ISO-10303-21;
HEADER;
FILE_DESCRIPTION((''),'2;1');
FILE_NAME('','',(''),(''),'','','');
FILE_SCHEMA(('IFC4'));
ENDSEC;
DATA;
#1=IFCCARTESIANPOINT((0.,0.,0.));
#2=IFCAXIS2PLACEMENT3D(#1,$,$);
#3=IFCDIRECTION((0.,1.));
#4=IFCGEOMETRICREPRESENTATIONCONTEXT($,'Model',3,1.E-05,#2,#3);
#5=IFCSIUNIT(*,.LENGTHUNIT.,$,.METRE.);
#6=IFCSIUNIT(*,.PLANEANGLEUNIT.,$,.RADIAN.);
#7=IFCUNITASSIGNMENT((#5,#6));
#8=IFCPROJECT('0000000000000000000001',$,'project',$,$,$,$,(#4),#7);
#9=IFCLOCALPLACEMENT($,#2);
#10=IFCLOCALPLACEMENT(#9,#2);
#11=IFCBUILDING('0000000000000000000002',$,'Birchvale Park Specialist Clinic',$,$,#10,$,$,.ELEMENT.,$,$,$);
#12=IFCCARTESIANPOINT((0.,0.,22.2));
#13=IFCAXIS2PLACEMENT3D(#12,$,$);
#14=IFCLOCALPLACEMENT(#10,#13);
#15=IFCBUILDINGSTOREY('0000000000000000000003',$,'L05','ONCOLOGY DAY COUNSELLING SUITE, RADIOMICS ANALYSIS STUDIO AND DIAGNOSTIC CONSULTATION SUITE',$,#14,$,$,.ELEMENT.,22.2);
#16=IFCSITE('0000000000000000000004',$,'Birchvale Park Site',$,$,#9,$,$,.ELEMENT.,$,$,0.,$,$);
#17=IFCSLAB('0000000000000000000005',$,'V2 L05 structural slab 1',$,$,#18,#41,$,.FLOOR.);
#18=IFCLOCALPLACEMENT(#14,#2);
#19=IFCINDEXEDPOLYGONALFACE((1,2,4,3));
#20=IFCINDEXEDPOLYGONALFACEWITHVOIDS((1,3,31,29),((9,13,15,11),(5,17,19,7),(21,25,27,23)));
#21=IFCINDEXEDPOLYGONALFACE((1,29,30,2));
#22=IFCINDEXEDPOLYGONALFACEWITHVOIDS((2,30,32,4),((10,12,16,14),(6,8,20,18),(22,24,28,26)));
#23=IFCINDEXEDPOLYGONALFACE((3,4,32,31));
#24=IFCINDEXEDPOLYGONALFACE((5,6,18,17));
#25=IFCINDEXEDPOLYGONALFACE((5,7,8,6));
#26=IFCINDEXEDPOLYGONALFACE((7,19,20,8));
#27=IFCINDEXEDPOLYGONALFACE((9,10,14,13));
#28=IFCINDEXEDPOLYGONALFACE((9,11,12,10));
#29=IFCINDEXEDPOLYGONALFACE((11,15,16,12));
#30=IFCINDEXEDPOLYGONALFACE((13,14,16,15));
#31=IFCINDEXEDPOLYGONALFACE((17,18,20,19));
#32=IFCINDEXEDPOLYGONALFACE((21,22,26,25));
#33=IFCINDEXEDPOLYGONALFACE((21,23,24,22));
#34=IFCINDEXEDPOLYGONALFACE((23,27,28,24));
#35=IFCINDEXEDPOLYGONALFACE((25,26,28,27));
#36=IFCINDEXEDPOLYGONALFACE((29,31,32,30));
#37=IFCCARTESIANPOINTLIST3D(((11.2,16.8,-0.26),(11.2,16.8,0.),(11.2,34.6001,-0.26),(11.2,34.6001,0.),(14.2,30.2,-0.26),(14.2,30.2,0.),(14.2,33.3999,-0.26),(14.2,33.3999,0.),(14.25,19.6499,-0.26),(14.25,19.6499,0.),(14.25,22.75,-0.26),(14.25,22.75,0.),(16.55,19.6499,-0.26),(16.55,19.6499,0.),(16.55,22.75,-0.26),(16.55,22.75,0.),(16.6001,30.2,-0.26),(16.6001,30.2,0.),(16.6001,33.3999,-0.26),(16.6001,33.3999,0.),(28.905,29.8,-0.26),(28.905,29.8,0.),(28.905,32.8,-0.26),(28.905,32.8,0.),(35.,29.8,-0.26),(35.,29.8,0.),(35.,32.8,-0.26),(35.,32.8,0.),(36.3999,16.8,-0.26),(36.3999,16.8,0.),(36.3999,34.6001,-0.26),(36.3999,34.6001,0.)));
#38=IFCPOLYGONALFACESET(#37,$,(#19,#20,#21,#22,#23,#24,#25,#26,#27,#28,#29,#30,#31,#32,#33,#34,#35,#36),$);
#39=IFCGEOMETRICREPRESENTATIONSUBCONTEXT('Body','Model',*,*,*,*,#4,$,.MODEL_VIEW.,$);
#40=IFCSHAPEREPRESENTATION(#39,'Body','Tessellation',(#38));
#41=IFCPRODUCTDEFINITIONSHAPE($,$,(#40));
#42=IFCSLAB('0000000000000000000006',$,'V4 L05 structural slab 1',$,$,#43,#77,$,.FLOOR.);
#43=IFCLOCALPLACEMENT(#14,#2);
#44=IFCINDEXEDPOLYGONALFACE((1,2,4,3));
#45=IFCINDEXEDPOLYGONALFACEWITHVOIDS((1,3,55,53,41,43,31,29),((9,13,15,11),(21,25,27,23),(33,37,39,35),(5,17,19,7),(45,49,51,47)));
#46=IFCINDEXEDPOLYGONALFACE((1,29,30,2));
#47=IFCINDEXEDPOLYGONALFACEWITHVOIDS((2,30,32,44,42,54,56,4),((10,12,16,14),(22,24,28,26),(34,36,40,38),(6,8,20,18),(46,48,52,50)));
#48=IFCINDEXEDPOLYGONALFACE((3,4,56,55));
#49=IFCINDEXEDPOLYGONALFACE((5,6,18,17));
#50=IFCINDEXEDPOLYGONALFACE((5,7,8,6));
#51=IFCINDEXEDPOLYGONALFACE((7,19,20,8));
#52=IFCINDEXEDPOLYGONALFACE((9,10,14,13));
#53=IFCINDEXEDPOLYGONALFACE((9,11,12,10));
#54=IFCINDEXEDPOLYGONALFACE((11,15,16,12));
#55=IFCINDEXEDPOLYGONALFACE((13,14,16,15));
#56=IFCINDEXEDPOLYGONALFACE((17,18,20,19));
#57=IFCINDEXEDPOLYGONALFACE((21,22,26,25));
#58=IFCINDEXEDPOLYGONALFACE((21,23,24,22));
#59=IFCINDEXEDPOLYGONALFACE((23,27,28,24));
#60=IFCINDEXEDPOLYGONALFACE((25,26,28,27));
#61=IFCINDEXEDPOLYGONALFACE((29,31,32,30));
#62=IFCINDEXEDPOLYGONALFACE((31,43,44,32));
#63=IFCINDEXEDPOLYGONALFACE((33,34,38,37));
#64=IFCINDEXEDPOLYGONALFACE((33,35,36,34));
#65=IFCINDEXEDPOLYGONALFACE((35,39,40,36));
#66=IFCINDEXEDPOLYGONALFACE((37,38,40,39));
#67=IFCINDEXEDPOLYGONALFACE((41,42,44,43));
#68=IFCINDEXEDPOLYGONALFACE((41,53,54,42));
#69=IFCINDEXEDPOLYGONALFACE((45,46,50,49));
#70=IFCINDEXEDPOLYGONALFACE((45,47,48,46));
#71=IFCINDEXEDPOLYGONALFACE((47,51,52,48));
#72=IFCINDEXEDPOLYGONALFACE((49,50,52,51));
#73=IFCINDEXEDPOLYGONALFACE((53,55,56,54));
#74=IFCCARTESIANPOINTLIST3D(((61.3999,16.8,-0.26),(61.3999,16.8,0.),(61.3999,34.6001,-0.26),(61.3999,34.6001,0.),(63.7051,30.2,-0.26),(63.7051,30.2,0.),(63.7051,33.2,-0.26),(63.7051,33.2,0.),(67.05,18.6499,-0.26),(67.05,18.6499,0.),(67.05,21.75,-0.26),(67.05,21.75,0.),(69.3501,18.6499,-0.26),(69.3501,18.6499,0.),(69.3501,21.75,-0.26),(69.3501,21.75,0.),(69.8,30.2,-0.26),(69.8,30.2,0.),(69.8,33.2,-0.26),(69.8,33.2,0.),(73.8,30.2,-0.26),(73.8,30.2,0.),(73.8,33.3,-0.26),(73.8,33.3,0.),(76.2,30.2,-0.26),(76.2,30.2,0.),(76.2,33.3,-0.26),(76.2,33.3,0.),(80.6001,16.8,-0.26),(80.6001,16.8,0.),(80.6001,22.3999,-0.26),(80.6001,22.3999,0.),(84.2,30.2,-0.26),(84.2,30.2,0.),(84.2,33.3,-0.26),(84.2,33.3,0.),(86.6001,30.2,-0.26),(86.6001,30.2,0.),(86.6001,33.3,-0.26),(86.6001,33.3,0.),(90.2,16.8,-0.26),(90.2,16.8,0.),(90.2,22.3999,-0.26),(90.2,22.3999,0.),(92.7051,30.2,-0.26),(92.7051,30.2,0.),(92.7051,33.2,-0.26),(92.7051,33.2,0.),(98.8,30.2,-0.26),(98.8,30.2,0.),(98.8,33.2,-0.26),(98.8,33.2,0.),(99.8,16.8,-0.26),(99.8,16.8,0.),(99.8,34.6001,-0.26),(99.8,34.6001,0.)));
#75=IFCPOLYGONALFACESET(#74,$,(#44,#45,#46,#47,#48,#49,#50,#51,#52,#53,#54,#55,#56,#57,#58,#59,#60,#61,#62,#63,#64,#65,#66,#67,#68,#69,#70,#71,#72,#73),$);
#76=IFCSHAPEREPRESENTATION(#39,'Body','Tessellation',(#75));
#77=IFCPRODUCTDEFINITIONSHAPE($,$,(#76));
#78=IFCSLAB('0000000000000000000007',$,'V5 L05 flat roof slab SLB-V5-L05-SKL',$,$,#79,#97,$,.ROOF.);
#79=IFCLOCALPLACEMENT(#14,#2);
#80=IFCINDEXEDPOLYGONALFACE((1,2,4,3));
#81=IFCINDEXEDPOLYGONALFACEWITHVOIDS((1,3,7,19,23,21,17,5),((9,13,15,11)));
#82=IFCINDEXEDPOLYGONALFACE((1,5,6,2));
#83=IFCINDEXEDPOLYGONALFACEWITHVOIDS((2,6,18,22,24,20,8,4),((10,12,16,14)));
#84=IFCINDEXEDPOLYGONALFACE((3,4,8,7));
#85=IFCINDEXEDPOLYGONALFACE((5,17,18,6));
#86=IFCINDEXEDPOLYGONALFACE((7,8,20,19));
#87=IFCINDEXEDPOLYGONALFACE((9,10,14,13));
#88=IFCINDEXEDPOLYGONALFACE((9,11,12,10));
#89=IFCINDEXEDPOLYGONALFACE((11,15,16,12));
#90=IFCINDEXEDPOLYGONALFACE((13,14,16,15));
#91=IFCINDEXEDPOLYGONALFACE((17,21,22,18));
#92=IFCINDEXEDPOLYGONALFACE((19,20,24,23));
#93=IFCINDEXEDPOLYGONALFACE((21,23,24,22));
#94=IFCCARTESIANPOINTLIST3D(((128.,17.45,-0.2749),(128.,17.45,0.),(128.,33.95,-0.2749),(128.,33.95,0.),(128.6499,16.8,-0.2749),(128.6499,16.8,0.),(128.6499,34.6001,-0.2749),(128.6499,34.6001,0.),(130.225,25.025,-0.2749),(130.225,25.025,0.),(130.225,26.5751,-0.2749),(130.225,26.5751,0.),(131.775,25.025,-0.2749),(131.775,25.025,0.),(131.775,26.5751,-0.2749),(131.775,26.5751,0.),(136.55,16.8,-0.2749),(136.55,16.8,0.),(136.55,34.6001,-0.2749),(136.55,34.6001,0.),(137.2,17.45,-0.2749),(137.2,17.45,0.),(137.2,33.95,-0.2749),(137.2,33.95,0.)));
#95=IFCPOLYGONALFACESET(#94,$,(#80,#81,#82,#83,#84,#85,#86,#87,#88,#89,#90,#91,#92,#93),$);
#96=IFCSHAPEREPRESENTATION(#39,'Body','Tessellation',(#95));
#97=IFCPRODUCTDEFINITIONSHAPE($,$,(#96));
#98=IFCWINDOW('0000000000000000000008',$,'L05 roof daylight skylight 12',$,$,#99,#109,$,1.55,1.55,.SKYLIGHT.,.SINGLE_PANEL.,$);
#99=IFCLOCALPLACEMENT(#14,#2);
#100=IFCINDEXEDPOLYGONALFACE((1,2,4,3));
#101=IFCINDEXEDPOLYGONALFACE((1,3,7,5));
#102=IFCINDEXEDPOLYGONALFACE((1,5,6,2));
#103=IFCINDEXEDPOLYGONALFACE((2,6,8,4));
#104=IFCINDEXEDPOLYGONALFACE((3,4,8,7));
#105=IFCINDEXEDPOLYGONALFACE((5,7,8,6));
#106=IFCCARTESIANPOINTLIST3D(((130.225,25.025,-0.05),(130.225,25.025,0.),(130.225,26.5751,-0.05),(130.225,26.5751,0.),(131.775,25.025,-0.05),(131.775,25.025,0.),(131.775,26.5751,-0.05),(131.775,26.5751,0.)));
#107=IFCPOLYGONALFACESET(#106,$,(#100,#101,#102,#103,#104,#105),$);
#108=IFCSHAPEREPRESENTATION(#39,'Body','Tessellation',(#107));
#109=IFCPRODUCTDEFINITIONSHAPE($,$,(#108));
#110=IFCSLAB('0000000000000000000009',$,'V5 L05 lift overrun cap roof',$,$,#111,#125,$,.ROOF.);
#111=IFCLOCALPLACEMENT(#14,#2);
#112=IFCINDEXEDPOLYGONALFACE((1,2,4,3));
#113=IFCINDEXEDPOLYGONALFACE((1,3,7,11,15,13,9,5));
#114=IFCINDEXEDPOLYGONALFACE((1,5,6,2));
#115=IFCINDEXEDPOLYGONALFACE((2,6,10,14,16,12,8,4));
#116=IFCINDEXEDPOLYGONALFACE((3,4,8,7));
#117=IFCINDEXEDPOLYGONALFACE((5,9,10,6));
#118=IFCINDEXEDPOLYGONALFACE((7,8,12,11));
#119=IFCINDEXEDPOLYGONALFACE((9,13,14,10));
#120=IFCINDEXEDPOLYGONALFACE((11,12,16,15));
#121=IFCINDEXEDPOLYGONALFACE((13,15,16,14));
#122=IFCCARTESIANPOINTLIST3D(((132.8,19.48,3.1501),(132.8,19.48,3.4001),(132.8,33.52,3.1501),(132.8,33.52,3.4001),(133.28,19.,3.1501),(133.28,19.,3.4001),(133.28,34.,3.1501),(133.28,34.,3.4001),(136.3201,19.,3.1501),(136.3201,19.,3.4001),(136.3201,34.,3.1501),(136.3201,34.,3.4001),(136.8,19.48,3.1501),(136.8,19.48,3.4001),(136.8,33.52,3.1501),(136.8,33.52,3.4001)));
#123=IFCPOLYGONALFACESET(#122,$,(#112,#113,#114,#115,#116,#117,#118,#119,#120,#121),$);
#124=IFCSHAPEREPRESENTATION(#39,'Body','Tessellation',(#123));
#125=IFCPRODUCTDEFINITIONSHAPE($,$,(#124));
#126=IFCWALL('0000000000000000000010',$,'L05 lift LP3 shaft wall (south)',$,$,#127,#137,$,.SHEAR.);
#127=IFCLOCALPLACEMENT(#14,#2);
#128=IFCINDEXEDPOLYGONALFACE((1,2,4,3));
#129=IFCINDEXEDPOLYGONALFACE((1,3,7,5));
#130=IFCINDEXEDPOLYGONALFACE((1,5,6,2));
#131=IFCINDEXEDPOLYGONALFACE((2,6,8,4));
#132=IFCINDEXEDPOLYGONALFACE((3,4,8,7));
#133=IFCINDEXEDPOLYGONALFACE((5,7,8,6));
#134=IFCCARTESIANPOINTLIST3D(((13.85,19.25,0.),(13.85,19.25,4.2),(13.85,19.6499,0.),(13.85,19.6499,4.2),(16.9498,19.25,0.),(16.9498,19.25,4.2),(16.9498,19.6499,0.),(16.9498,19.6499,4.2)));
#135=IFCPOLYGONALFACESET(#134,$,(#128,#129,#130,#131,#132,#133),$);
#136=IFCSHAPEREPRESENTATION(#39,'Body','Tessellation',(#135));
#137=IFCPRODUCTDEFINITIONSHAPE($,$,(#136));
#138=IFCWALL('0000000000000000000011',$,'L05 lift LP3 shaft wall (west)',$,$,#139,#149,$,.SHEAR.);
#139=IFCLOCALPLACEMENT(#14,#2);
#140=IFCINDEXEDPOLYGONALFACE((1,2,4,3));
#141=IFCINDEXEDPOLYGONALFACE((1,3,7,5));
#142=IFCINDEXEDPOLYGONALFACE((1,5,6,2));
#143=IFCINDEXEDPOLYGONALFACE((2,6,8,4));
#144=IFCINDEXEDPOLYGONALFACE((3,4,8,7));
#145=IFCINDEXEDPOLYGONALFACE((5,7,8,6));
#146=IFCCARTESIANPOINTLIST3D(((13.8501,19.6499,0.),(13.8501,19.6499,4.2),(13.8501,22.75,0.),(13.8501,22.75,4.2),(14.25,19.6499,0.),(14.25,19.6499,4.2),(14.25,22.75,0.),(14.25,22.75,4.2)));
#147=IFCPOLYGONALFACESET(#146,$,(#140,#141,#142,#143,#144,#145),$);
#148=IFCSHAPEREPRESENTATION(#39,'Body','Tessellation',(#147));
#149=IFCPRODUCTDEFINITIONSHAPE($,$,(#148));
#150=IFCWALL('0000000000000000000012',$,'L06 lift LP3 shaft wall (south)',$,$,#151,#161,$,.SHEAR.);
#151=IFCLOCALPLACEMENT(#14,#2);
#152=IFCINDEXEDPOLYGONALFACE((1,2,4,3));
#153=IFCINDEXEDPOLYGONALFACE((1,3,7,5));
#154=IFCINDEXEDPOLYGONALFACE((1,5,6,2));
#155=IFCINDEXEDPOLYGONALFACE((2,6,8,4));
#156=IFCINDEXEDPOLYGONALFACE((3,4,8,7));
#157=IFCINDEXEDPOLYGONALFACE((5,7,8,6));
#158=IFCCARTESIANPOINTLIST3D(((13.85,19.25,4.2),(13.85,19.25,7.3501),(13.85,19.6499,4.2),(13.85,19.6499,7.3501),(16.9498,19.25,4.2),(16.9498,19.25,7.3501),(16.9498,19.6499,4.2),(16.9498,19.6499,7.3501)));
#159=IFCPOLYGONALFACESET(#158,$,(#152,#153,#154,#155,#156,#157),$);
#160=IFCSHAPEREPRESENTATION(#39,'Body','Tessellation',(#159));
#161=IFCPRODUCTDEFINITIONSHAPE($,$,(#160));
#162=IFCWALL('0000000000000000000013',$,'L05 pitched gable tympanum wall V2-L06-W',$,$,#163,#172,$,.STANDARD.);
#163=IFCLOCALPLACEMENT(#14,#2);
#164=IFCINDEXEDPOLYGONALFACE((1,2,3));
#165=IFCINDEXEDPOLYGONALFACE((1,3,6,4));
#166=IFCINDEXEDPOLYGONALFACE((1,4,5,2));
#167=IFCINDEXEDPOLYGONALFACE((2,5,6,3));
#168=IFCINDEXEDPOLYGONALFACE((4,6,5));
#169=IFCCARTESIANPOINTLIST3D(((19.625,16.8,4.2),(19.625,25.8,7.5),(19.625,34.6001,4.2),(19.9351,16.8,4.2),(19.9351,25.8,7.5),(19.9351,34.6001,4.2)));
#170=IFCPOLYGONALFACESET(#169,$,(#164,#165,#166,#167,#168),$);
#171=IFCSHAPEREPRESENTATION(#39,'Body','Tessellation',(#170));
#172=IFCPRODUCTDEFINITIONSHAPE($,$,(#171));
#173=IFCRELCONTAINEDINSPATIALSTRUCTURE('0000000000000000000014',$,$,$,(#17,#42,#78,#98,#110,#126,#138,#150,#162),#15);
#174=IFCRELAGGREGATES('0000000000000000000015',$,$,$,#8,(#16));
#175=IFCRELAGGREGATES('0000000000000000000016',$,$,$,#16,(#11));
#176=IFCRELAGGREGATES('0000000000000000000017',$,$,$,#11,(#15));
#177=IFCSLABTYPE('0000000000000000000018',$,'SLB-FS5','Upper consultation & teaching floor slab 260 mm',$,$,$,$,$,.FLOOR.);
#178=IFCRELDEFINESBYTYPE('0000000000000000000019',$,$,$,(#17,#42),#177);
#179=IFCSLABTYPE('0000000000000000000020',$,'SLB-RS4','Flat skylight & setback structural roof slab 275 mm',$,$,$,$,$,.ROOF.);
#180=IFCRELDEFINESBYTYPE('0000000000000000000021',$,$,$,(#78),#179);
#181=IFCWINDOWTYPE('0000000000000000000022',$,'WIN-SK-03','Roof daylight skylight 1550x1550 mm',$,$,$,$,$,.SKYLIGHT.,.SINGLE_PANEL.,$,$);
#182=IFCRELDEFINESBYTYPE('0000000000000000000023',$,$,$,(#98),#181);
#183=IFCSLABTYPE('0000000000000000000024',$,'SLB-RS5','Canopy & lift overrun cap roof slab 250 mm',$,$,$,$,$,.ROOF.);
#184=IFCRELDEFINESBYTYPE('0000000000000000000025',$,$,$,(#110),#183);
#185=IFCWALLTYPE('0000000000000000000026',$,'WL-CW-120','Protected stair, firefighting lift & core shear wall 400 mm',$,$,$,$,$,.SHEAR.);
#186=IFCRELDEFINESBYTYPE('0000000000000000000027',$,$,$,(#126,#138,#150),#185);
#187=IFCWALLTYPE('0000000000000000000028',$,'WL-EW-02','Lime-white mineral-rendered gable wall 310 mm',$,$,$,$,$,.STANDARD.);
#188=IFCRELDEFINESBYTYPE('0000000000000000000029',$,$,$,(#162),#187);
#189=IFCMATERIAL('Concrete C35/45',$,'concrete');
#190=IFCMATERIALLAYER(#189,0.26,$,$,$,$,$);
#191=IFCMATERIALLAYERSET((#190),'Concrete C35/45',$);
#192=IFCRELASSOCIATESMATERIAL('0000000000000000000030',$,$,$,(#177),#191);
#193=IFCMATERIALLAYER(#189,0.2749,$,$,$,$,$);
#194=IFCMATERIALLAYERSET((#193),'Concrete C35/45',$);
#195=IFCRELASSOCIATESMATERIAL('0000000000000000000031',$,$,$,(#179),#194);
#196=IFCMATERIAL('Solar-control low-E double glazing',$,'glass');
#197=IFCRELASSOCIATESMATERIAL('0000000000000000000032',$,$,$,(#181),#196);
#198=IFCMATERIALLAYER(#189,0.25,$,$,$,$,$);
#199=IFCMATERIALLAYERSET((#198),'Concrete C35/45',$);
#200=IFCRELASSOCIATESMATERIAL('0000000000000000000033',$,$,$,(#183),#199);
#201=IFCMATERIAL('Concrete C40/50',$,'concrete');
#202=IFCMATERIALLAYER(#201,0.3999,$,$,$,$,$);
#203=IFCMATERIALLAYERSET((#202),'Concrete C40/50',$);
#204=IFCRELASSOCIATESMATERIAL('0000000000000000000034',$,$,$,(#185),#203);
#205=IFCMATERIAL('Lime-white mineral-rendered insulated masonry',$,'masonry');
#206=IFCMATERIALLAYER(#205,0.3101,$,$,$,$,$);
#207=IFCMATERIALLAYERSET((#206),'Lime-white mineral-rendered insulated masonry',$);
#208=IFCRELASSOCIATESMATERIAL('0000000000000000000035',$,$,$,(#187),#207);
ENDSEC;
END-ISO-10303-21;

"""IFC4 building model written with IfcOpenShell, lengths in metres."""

from ifc_helpers import new_model, si_unit, direction, frame, frame_2d, origin, origin_2d, place, context, subcontext, project, spatial, polyline, rectangle, outline, extrude, material, layer, layer_set, type_object, element, fill, save


model = new_model("IFC4")

# Units and contexts
model_context = context("Model", 3, precision=1e-05, world=origin(), true_north=direction((0.0, 1.0)))
body_context = subcontext(model_context, "Body", "Model", "MODEL_VIEW")
ifc_project = project(units=[si_unit("LENGTHUNIT", "METRE"), si_unit("PLANEANGLEUNIT", "RADIAN")], contexts=[model_context])

# Site, building, storey
site_placement = place(None, origin())
site = spatial("IfcSite", under=ifc_project, at=site_placement, Name="Birchvale Park Site", CompositionType="ELEMENT", RefElevation=0.0)
building_placement = place(site_placement, origin())
building = spatial("IfcBuilding", under=site, at=building_placement, Name="Birchvale Park Specialist Clinic", CompositionType="ELEMENT")
storey_placement = place(building_placement, frame((0.0, 0.0, 22.2)))
storey = spatial("IfcBuildingStorey", under=building, at=storey_placement, Name="L05", Description="ONCOLOGY DAY COUNSELLING SUITE, RADIOMICS ANALYSIS STUDIO AND DIAGNOSTIC CONSULTATION SUITE", CompositionType="ELEMENT", Elevation=22.2)

# Shared definitions
ifc_material_1 = material(Name="Concrete C40/50", Category="concrete")

# Shared definitions
ifc_material_2 = material(Name="Solar-control low-E double glazing", Category="glass")

# Slabs
ifc_material_3 = material(Name="Concrete C35/45", Category="concrete")
ifc_layer_1 = layer(ifc_material_3, 0.26)
ifc_layer_set_1 = layer_set([ifc_layer_1], Name="Concrete C35/45")
slab_type_1 = type_object("IfcSlabType", Name="SLB-FS5", Description="Upper consultation & teaching floor slab 260 mm", PredefinedType="FLOOR", material=ifc_layer_set_1)
slab_1_placement = place(storey_placement, frame((0.0, 0.0, -0.26)))
element("IfcSlab", 1, at=slab_1_placement, inside=storey, type_object=slab_type_1, Name="V2 L05 structural slab 1", PredefinedType="FLOOR", context=body_context, shape_type="SweptSolid", body=[
    extrude(outline(polyline([(11.2, 16.8), (36.3999, 16.8), (36.3999, 34.6001), (11.2, 34.6001), (11.2, 16.8)]), holes=[polyline([(28.905, 29.8), (35.0, 29.8), (35.0, 32.8), (28.905, 32.8), (28.905, 29.8)]), polyline([(14.25, 19.6499), (16.55, 19.6499), (16.55, 22.75), (14.25, 22.75), (14.25, 19.6499)]), polyline([(14.2, 30.2), (16.6001, 30.2), (16.6001, 33.3999), (14.2, 33.3999), (14.2, 30.2)])]), origin(), (0.0, 0.0, 1.0), 0.26),
])
slab_2_placement = place(storey_placement, frame((0.0, 0.0, -0.26)))
element("IfcSlab", 2, at=slab_2_placement, inside=storey, type_object=slab_type_1, Name="V4 L05 structural slab 1", PredefinedType="FLOOR", context=body_context, shape_type="SweptSolid", body=[
    extrude(outline(polyline([(61.3999, 16.8), (80.6001, 16.8), (80.6001, 22.3999), (90.2, 22.3999), (90.2, 16.8), (99.8, 16.8), (99.8, 34.6001), (61.3999, 34.6001), (61.3999, 16.8)]), holes=[polyline([(63.7051, 30.2), (69.8, 30.2), (69.8, 33.2), (63.7051, 33.2), (63.7051, 30.2)]), polyline([(92.7051, 30.2), (98.8, 30.2), (98.8, 33.2), (92.7051, 33.2), (92.7051, 30.2)]), polyline([(73.8, 30.2), (76.2, 30.2), (76.2, 33.3), (73.8, 33.3), (73.8, 30.2)]), polyline([(84.2, 30.2), (86.6001, 30.2), (86.6001, 33.3), (84.2, 33.3), (84.2, 30.2)]), polyline([(67.05, 18.6499), (69.3501, 18.6499), (69.3501, 21.75), (67.05, 21.75), (67.05, 18.6499)])]), origin(), (0.0, 0.0, 1.0), 0.26),
])

# Slab, opening, window
ifc_layer_2 = layer(ifc_material_3, 0.2749)
ifc_layer_set_2 = layer_set([ifc_layer_2], Name="Concrete C35/45")
slab_type_2 = type_object("IfcSlabType", Name="SLB-RS4", Description="Flat skylight & setback structural roof slab 275 mm", PredefinedType="ROOF", material=ifc_layer_set_2)
slab_3_placement = place(storey_placement, frame((0.0, 0.0, -0.2749)))
slab_3 = element("IfcSlab", 3, at=slab_3_placement, inside=storey, type_object=slab_type_2, Name="V5 L05 flat roof slab SLB-V5-L05-SKL", PredefinedType="ROOF", context=body_context, shape_type="SweptSolid", body=[
    extrude(outline(polyline([(128.6499, 16.8), (136.55, 16.8), (137.2, 17.45), (137.2, 33.95), (136.55, 34.6001), (128.6499, 34.6001), (128.0, 33.95), (128.0, 17.45), (128.6499, 16.8)])), origin(), (0.0, 0.0, 1.0), 0.2749),
])
opening_1_placement = place(slab_3_placement, frame((131.0, 25.8, 0.0)))
opening_1 = element("IfcOpeningElement", 4, at=opening_1_placement, cuts=slab_3, PredefinedType="OPENING", context=body_context, shape_type="SweptSolid", body=[
    extrude(rectangle(XDim=1.55, YDim=1.55, at=origin_2d()), frame((0.0, 0.0, -0.01)), (0.0, 0.0, 1.0), 0.2949),
])
window_type_1 = type_object("IfcWindowType", Name="WIN-SK-03", Description="Roof daylight skylight 1550x1550 mm", PartitioningType="SINGLE_PANEL", PredefinedType="SKYLIGHT", material=ifc_material_2)
window_1_placement = place(opening_1_placement, frame((0.0, 0.0, 0.2249)))
window_1 = element("IfcWindow", 5, at=window_1_placement, inside=storey, type_object=window_type_1, Name="L05 roof daylight skylight 12", OverallHeight=1.55, OverallWidth=1.55, PartitioningType="SINGLE_PANEL", PredefinedType="SKYLIGHT", context=body_context, shape_type="SweptSolid", body=[
    extrude(rectangle(XDim=1.55, YDim=1.55, at=origin_2d()), origin(), (0.0, 0.0, 1.0), 0.05),
])
fill(opening_1, window_1)

# Slab
ifc_layer_3 = layer(ifc_material_3, 0.25)
ifc_layer_set_3 = layer_set([ifc_layer_3], Name="Concrete C35/45")
slab_type_3 = type_object("IfcSlabType", Name="SLB-RS5", Description="Canopy & lift overrun cap roof slab 250 mm", PredefinedType="ROOF", material=ifc_layer_set_3)
slab_4_placement = place(storey_placement, frame((0.0, 0.0, 3.1501)))
element("IfcSlab", 6, at=slab_4_placement, inside=storey, type_object=slab_type_3, Name="V5 L05 lift overrun cap roof", PredefinedType="ROOF", context=body_context, shape_type="SweptSolid", body=[
    extrude(outline(polyline([(133.28, 19.0), (136.3201, 19.0), (136.8, 19.48), (136.8, 33.52), (136.3201, 34.0), (133.28, 34.0), (132.8, 33.52), (132.8, 19.48), (133.28, 19.0)])), origin(), (0.0, 0.0, 1.0), 0.25),
])

# Walls
ifc_layer_4 = layer(ifc_material_1, 0.3999)
ifc_layer_set_4 = layer_set([ifc_layer_4], Name="Concrete C40/50")
wall_type_1 = type_object("IfcWallType", Name="WL-CW-120", Description="Protected stair, firefighting lift & core shear wall 400 mm", PredefinedType="SHEAR", material=ifc_layer_set_4)
wall_1_placement = place(storey_placement, frame((13.8501, 19.45, 0.0), z_axis=(0.0, 0.0, 1.0), x_axis=(1.0, 0.0, 0.0)))
element("IfcWall", 7, at=wall_1_placement, inside=storey, type_object=wall_type_1, Name="L05 lift LP3 shaft wall (south)", PredefinedType="SHEAR", context=body_context, shape_type="SweptSolid", body=[
    extrude(rectangle(XDim=3.0999, YDim=0.3999, at=frame_2d((1.5498, 0.0))), origin(), (0.0, 0.0, 1.0), 4.2),
])
wall_2_placement = place(storey_placement, frame((14.05, 19.6499, 0.0), z_axis=(0.0, 0.0, 1.0), x_axis=(0.0, 1.0, 0.0)))
element("IfcWall", 8, at=wall_2_placement, inside=storey, type_object=wall_type_1, Name="L05 lift LP3 shaft wall (west)", PredefinedType="SHEAR", context=body_context, shape_type="SweptSolid", body=[
    extrude(rectangle(XDim=3.1001, YDim=0.3999, at=frame_2d((1.55, 0.0))), origin(), (0.0, 0.0, 1.0), 4.2),
])
wall_3_placement = place(storey_placement, frame((13.8501, 19.45, 4.2), z_axis=(0.0, 0.0, 1.0), x_axis=(1.0, 0.0, 0.0)))
element("IfcWall", 9, at=wall_3_placement, inside=storey, type_object=wall_type_1, Name="L06 lift LP3 shaft wall (south)", PredefinedType="SHEAR", context=body_context, shape_type="SweptSolid", body=[
    extrude(rectangle(XDim=3.0999, YDim=0.3999, at=frame_2d((1.5498, 0.0))), origin(), (0.0, 0.0, 1.0), 3.1501),
])
ifc_material_4 = material(Name="Lime-white mineral-rendered insulated masonry", Category="masonry")
ifc_layer_5 = layer(ifc_material_4, 0.3101)
ifc_layer_set_5 = layer_set([ifc_layer_5], Name="Lime-white mineral-rendered insulated masonry")
wall_type_2 = type_object("IfcWallType", Name="WL-EW-02", Description="Lime-white mineral-rendered gable wall 310 mm", PredefinedType="STANDARD", material=ifc_layer_set_5)
wall_4_placement = place(storey_placement, frame((19.78, 16.8, 4.2), z_axis=(0.0, 0.0, 1.0), x_axis=(0.0, 1.0, 0.0)))
element("IfcWall", 10, at=wall_4_placement, inside=storey, type_object=wall_type_2, Name="L05 pitched gable tympanum wall V2-L06-W", PredefinedType="STANDARD", context=body_context, shape_type="SweptSolid", body=[
    extrude(outline(polyline([(0.0, 0.0), (17.8, 0.0), (17.8, 0.0), (9.0, 3.3), (0.0, 0.0), (0.0, 0.0)])), frame((0.0, 0.155, 0.0), z_axis=(0.0, -1.0, 0.0), x_axis=(1.0, 0.0, 0.0)), (0.0, 0.0, 1.0), 0.3101),
])

save(model, "model.ifc")
